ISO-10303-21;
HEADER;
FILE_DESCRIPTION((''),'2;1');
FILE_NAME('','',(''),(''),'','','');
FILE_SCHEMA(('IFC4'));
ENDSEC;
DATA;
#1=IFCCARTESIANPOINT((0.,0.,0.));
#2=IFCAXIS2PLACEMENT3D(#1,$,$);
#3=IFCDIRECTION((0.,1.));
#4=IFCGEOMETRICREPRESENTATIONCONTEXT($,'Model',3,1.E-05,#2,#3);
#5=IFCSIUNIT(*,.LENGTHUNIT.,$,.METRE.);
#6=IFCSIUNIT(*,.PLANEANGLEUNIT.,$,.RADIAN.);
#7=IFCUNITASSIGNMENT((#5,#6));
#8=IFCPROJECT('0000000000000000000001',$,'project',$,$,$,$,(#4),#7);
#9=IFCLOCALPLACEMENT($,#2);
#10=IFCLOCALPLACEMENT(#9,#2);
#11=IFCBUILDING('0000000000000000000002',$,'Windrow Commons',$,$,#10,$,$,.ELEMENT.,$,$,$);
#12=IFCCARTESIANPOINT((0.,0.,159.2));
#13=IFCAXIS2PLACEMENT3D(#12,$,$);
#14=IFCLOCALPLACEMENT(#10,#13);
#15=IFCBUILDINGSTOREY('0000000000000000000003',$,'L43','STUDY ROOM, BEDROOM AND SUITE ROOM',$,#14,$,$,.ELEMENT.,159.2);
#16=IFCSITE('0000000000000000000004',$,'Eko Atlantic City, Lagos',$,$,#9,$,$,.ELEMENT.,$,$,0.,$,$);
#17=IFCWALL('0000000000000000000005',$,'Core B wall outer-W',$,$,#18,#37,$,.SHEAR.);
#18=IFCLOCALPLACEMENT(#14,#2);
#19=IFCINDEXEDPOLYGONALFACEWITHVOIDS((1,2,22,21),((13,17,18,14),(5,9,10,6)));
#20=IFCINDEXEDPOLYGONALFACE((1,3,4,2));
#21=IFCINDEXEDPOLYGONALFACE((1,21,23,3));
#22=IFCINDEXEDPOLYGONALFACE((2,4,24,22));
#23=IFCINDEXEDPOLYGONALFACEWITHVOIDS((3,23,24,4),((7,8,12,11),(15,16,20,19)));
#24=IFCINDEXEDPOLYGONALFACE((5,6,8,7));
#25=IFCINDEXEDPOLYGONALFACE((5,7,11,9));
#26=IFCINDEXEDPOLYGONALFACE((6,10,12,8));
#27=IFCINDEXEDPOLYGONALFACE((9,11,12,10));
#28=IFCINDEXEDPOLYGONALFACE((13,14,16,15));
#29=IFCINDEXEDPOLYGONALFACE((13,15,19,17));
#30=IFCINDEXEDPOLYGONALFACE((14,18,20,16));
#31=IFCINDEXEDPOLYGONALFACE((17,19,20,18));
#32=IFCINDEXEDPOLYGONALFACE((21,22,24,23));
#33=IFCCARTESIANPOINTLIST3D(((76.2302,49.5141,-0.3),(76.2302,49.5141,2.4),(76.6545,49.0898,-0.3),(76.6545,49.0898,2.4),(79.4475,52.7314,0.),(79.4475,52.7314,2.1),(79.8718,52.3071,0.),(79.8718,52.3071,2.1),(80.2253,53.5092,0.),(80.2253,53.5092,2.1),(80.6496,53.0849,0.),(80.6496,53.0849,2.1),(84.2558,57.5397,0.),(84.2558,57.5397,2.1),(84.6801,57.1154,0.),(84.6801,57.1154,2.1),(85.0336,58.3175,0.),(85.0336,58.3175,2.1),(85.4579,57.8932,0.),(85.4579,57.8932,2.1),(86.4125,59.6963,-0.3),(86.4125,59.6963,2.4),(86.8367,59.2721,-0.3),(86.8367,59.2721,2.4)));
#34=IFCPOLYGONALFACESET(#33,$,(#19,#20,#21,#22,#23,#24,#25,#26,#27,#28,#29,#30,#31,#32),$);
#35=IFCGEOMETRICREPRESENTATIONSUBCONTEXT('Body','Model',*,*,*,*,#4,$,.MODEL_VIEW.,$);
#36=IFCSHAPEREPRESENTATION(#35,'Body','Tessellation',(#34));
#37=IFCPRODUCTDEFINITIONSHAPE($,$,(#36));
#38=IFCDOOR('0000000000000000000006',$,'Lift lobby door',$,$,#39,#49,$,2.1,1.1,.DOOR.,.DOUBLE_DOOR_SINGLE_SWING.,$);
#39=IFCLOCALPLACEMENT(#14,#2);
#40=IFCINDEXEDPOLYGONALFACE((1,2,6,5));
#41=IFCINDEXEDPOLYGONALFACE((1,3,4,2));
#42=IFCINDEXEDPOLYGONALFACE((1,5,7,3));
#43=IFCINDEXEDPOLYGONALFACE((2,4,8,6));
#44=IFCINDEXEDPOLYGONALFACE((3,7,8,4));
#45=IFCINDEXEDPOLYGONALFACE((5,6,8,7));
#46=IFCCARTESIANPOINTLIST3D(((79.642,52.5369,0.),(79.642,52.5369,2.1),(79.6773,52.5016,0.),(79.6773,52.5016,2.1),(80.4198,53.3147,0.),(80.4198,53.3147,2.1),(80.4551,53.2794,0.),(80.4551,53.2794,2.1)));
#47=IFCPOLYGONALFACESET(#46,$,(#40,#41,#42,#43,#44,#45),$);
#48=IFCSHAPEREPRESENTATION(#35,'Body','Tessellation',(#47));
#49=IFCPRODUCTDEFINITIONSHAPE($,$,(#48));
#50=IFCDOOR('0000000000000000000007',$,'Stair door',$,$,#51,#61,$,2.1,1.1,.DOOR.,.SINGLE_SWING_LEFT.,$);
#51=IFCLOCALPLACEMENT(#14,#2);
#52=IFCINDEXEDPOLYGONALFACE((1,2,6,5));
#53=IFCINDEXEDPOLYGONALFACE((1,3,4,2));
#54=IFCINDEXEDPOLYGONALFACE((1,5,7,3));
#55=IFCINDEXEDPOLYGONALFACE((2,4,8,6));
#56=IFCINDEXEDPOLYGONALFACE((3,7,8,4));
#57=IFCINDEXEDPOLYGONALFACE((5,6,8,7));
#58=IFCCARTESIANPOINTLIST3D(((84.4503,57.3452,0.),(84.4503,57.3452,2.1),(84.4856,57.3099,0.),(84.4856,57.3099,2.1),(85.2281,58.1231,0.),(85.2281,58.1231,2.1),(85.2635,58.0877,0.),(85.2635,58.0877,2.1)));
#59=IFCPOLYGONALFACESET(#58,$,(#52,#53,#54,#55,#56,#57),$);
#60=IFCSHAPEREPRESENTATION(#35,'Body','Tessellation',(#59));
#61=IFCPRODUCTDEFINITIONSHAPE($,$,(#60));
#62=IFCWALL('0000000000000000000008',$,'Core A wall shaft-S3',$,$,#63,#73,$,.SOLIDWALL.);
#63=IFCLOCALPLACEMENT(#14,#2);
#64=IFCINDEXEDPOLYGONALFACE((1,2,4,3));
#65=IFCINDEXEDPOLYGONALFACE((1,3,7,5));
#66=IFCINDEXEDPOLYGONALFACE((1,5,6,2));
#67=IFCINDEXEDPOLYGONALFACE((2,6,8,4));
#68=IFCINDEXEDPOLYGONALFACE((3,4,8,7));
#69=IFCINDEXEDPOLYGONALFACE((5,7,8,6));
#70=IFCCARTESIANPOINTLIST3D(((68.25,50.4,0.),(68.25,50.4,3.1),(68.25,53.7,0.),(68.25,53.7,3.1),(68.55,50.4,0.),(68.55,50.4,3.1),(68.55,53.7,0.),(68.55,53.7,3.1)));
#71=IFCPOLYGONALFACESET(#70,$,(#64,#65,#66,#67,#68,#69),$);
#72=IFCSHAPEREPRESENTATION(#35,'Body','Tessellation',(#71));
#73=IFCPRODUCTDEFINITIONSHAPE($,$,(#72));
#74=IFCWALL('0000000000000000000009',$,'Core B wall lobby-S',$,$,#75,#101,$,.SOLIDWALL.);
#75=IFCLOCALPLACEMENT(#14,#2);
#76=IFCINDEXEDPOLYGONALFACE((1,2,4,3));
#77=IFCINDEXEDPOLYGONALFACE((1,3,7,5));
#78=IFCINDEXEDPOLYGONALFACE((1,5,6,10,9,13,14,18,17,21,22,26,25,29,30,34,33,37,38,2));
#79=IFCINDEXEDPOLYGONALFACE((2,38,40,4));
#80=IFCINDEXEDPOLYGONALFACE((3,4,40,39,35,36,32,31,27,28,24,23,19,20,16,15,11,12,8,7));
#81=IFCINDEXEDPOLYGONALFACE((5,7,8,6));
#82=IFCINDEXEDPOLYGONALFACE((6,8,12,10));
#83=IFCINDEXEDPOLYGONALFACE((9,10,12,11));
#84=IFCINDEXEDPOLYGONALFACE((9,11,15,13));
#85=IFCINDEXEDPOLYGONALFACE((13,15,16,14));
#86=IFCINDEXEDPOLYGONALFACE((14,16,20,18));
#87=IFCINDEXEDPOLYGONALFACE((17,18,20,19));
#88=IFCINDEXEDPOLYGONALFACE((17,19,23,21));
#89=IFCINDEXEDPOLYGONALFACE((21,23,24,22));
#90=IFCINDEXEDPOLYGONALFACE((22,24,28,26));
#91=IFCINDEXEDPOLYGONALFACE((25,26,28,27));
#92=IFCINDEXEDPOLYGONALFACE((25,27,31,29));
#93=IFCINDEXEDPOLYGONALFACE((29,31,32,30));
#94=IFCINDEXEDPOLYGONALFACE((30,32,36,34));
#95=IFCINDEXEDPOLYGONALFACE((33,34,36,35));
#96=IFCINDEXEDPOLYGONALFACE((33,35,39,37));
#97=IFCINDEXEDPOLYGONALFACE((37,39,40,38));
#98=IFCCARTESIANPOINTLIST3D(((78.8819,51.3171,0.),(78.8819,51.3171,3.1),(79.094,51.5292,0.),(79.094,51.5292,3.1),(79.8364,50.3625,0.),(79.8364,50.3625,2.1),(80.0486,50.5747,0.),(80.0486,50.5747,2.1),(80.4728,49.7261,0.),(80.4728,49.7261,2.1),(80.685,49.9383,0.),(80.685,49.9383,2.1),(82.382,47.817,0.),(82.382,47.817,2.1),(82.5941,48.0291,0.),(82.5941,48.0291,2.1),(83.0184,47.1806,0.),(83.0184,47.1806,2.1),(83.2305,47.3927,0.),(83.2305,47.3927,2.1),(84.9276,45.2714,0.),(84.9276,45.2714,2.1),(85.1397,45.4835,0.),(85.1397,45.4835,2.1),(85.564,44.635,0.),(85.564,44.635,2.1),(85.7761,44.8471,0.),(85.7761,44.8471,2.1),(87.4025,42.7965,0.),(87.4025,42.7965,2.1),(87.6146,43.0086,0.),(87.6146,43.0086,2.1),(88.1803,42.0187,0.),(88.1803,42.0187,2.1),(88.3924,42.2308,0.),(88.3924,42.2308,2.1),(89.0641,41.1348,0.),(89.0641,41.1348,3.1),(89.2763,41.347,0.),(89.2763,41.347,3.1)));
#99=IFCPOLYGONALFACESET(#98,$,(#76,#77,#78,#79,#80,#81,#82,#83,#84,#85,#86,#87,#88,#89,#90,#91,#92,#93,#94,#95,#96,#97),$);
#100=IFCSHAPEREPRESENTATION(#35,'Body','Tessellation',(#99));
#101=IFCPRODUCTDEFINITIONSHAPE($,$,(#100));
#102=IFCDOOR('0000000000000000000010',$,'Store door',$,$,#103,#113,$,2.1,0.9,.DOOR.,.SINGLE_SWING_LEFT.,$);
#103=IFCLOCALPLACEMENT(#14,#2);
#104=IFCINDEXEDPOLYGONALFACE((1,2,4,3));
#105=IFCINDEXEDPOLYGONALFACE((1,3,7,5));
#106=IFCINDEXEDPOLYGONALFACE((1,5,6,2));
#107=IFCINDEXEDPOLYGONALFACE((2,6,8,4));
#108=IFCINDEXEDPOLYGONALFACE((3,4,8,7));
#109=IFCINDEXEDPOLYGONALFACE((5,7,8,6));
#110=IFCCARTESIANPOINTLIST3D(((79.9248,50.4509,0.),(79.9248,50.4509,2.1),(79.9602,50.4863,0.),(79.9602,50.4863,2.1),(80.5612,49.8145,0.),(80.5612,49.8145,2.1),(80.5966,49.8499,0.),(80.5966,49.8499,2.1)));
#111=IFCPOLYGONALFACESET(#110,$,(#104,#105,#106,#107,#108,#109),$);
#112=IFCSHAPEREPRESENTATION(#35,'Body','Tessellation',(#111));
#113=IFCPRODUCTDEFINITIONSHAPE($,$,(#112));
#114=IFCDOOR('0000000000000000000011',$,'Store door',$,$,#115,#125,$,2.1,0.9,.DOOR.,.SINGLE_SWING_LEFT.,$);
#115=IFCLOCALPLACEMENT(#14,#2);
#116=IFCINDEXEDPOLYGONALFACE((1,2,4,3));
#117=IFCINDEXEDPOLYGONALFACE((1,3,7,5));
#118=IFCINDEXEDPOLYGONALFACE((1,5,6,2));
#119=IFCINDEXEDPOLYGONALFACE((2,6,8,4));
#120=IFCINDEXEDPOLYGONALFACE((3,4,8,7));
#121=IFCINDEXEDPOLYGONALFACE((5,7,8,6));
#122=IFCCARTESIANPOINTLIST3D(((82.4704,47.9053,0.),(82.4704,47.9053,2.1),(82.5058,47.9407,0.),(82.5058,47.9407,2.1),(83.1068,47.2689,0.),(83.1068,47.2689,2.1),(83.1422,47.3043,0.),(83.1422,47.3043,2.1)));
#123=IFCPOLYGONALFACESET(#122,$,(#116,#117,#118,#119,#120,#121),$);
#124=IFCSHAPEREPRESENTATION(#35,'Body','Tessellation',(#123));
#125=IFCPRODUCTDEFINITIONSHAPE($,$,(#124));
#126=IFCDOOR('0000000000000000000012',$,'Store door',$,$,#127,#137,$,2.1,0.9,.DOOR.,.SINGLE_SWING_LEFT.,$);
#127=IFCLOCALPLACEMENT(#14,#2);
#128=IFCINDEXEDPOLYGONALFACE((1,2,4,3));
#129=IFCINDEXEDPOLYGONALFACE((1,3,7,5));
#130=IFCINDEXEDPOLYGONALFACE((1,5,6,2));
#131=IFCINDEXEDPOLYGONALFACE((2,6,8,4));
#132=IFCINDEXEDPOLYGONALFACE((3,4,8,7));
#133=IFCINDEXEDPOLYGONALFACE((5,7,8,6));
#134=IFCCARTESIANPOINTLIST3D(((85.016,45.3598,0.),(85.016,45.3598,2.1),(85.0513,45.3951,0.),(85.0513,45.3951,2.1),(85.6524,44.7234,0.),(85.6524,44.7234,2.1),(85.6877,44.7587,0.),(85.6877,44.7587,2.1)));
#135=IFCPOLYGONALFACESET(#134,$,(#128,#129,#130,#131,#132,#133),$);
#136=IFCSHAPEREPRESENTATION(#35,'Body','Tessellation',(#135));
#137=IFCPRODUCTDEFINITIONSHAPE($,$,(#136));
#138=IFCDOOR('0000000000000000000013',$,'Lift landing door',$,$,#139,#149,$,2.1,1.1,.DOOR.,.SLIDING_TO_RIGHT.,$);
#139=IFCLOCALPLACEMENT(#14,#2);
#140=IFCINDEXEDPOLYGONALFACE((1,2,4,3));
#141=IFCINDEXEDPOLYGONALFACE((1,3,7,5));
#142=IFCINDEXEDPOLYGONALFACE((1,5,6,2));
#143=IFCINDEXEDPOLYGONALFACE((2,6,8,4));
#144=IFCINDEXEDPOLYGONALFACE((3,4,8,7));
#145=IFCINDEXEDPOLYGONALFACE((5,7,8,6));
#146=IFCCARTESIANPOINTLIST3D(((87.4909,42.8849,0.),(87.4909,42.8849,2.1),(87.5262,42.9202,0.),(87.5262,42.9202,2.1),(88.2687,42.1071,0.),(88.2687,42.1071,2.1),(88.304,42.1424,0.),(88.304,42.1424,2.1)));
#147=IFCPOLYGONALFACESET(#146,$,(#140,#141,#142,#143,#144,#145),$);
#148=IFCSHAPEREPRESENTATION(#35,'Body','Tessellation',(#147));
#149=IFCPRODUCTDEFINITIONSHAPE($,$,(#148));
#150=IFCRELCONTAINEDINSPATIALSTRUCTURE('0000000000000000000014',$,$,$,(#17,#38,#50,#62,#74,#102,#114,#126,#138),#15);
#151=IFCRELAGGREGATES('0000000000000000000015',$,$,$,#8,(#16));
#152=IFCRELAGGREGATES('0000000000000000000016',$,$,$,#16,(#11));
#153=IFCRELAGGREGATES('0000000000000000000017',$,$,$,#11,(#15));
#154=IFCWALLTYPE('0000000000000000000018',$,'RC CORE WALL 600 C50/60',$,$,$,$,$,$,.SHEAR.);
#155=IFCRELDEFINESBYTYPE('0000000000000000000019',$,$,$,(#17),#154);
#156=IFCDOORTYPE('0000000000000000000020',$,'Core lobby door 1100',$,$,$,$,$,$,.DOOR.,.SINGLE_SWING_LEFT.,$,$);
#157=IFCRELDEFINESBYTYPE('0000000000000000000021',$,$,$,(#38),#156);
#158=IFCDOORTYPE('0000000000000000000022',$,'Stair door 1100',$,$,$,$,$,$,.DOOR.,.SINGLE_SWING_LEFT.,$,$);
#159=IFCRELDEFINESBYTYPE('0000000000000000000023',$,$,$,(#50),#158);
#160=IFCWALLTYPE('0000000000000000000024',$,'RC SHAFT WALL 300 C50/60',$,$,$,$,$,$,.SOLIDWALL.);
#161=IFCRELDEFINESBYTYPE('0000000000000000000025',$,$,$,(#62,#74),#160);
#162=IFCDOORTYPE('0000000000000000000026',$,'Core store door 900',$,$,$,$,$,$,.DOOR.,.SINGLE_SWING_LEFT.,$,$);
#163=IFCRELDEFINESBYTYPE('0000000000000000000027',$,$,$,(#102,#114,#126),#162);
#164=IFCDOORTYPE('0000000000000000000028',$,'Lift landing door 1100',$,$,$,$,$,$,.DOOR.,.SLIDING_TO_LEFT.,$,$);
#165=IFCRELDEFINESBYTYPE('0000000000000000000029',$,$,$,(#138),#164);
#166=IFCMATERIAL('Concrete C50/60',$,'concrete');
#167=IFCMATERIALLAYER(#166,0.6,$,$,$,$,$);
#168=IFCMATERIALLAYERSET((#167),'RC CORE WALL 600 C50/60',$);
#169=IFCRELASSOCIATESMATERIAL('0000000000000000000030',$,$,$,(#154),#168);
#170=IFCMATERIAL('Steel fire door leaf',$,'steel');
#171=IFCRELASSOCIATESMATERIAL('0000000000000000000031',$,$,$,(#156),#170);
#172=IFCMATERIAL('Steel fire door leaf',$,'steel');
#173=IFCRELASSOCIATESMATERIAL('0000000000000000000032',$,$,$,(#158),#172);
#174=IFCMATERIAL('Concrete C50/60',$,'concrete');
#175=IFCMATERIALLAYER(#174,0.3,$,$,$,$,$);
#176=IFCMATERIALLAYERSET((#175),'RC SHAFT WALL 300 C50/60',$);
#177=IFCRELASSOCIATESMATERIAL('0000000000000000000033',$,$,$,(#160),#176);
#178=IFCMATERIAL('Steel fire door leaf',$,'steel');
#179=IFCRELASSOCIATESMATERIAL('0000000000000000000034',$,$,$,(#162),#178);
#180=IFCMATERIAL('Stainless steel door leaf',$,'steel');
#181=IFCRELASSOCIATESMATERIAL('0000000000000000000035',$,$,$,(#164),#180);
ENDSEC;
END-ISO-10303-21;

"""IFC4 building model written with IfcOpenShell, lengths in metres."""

from ifc_helpers import new_model, si_unit, direction, frame, frame_2d, origin, place, context, subcontext, project, spatial, rectangle, extrude, material, layer, layer_set, type_object, element, fill, save


model = new_model("IFC4")

# Units and contexts
model_context = context("Model", 3, precision=1e-05, world=origin(), true_north=direction((0.0, 1.0)))
body_context = subcontext(model_context, "Body", "Model", "MODEL_VIEW")
ifc_project = project(units=[si_unit("LENGTHUNIT", "METRE"), si_unit("PLANEANGLEUNIT", "RADIAN")], contexts=[model_context])

# Site, building, storey
site_placement = place(None, origin())
site = spatial("IfcSite", under=ifc_project, at=site_placement, Name="Eko Atlantic City, Lagos", CompositionType="ELEMENT", RefElevation=0.0)
building_placement = place(site_placement, origin())
building = spatial("IfcBuilding", under=site, at=building_placement, Name="Windrow Commons", CompositionType="ELEMENT")
storey_placement = place(building_placement, frame((0.0, 0.0, 159.2)))
storey = spatial("IfcBuildingStorey", under=building, at=storey_placement, Name="L43", Description="STUDY ROOM, BEDROOM AND SUITE ROOM", CompositionType="ELEMENT", Elevation=159.2)

# Shared definitions
ifc_material_1 = material(Name="Concrete C50/60", Category="concrete")
ifc_layer_1 = layer(ifc_material_1, 0.6)
ifc_layer_set_1 = layer_set([ifc_layer_1], Name="RC CORE WALL 600 C50/60")
wall_type_1 = type_object("IfcWallType", Name="RC CORE WALL 600 C50/60", PredefinedType="SHEAR", material=ifc_layer_set_1)
ifc_material_2 = material(Name="Steel fire door leaf", Category="steel")
door_type_1 = type_object("IfcDoorType", Name="Core lobby door 1100", OperationType="SINGLE_SWING_LEFT", PredefinedType="DOOR", material=ifc_material_2)
ifc_material_3 = material(Name="Steel fire door leaf", Category="steel")
door_type_2 = type_object("IfcDoorType", Name="Stair door 1100", OperationType="SINGLE_SWING_LEFT", PredefinedType="DOOR", material=ifc_material_3)

# Wall, openings, doors
wall_1_placement = place(storey_placement, frame((76.4423, 49.3019, -0.3), z_axis=(0.0, 0.0, 1.0), x_axis=(0.707107, 0.707107, 0.0)))
wall_1 = element("IfcWall", 1, at=wall_1_placement, inside=storey, type_object=wall_type_1, Name="Core B wall outer-W", PredefinedType="SHEAR", context=body_context, shape_type="SweptSolid", body=[
    extrude(rectangle(XDim=14.3999, YDim=0.6, at=frame_2d((7.2, 0.0))), origin(), (0.0, 0.0, 1.0), 2.7),
])
opening_1_placement = place(wall_1_placement, frame((4.55, 0.0, 0.3)))
opening_1 = element("IfcOpeningElement", 2, at=opening_1_placement, cuts=wall_1, PredefinedType="OPENING", context=body_context, shape_type="SweptSolid", body=[
    extrude(rectangle(XDim=1.1, YDim=2.1, at=frame_2d((0.55, 1.05))), frame((0.0, 0.31, 0.0), z_axis=(0.0, -1.0, 0.0), x_axis=(1.0, 0.0, 0.0)), (0.0, 0.0, 1.0), 0.62),
])
opening_2_placement = place(wall_1_placement, frame((11.35, 0.0, 0.3)))
opening_2 = element("IfcOpeningElement", 3, at=opening_2_placement, cuts=wall_1, PredefinedType="OPENING", context=body_context, shape_type="SweptSolid", body=[
    extrude(rectangle(XDim=1.1, YDim=2.1, at=frame_2d((0.55, 1.05))), frame((0.0, 0.31, 0.0), z_axis=(0.0, -1.0, 0.0), x_axis=(1.0, 0.0, 0.0)), (0.0, 0.0, 1.0), 0.62),
])
door_1_placement = place(opening_1_placement, origin())
door_1 = element("IfcDoor", 4, at=door_1_placement, inside=storey, type_object=door_type_1, Name="Lift lobby door", OperationType="DOUBLE_DOOR_SINGLE_SWING", OverallHeight=2.1, OverallWidth=1.1, PredefinedType="DOOR", context=body_context, shape_type="SweptSolid", body=[
    extrude(rectangle(XDim=1.1, YDim=2.1, at=frame_2d((0.55, 1.05))), frame((0.0, 0.025, 0.0), z_axis=(0.0, -1.0, 0.0), x_axis=(1.0, 0.0, 0.0)), (0.0, 0.0, 1.0), 0.05),
])
fill(opening_1, door_1)
door_2_placement = place(opening_2_placement, origin())
door_2 = element("IfcDoor", 5, at=door_2_placement, inside=storey, type_object=door_type_2, Name="Stair door", OperationType="SINGLE_SWING_LEFT", OverallHeight=2.1, OverallWidth=1.1, PredefinedType="DOOR", context=body_context, shape_type="SweptSolid", body=[
    extrude(rectangle(XDim=1.1, YDim=2.1, at=frame_2d((0.55, 1.05))), frame((0.0, 0.025, 0.0), z_axis=(0.0, -1.0, 0.0), x_axis=(1.0, 0.0, 0.0)), (0.0, 0.0, 1.0), 0.05),
])
fill(opening_2, door_2)

# Wall
ifc_material_4 = material(Name="Concrete C50/60", Category="concrete")
ifc_layer_2 = layer(ifc_material_4, 0.3)
ifc_layer_set_2 = layer_set([ifc_layer_2], Name="RC SHAFT WALL 300 C50/60")
wall_type_2 = type_object("IfcWallType", Name="RC SHAFT WALL 300 C50/60", PredefinedType="SOLIDWALL", material=ifc_layer_set_2)
wall_2_placement = place(storey_placement, frame((68.4, 50.4, 0.0), z_axis=(0.0, 0.0, 1.0), x_axis=(0.0, 1.0, 0.0)))
element("IfcWall", 6, at=wall_2_placement, inside=storey, type_object=wall_type_2, Name="Core A wall shaft-S3", PredefinedType="SOLIDWALL", context=body_context, shape_type="SweptSolid", body=[
    extrude(rectangle(XDim=3.3, YDim=0.3, at=frame_2d((1.65, 0.0))), origin(), (0.0, 0.0, 1.0), 3.1),
])

# Wall, openings, doors
wall_3_placement = place(storey_placement, frame((78.9879, 51.4232, 0.0), z_axis=(0.0, 0.0, 1.0), x_axis=(0.707107, -0.707107, 0.0)))
wall_3 = element("IfcWall", 7, at=wall_3_placement, inside=storey, type_object=wall_type_2, Name="Core B wall lobby-S", PredefinedType="SOLIDWALL", context=body_context, shape_type="SweptSolid", body=[
    extrude(rectangle(XDim=14.3999, YDim=0.3, at=frame_2d((7.2, 0.0))), origin(), (0.0, 0.0, 1.0), 3.1),
])
opening_3_placement = place(wall_3_placement, frame((1.35, 0.0, 0.0)))
opening_3 = element("IfcOpeningElement", 8, at=opening_3_placement, cuts=wall_3, PredefinedType="OPENING", context=body_context, shape_type="SweptSolid", body=[
    extrude(rectangle(XDim=0.9, YDim=2.1, at=frame_2d((0.45, 1.05))), frame((0.0, 0.16, 0.0), z_axis=(0.0, -1.0, 0.0), x_axis=(1.0, 0.0, 0.0)), (0.0, 0.0, 1.0), 0.32),
])
opening_4_placement = place(wall_3_placement, frame((4.95, 0.0, 0.0)))
opening_4 = element("IfcOpeningElement", 9, at=opening_4_placement, cuts=wall_3, PredefinedType="OPENING", context=body_context, shape_type="SweptSolid", body=[
    extrude(rectangle(XDim=0.9, YDim=2.1, at=frame_2d((0.45, 1.05))), frame((0.0, 0.16, 0.0), z_axis=(0.0, -1.0, 0.0), x_axis=(1.0, 0.0, 0.0)), (0.0, 0.0, 1.0), 0.32),
])
opening_5_placement = place(wall_3_placement, frame((8.55, 0.0, 0.0)))
opening_5 = element("IfcOpeningElement", 10, at=opening_5_placement, cuts=wall_3, PredefinedType="OPENING", context=body_context, shape_type="SweptSolid", body=[
    extrude(rectangle(XDim=0.9, YDim=2.1, at=frame_2d((0.45, 1.05))), frame((0.0, 0.16, 0.0), z_axis=(0.0, -1.0, 0.0), x_axis=(1.0, 0.0, 0.0)), (0.0, 0.0, 1.0), 0.32),
])
opening_6_placement = place(wall_3_placement, frame((12.05, 0.0, 0.0)))
opening_6 = element("IfcOpeningElement", 11, at=opening_6_placement, cuts=wall_3, PredefinedType="OPENING", context=body_context, shape_type="SweptSolid", body=[
    extrude(rectangle(XDim=1.1, YDim=2.1, at=frame_2d((0.55, 1.05))), frame((0.0, 0.16, 0.0), z_axis=(0.0, -1.0, 0.0), x_axis=(1.0, 0.0, 0.0)), (0.0, 0.0, 1.0), 0.32),
])
ifc_material_5 = material(Name="Steel fire door leaf", Category="steel")
door_type_3 = type_object("IfcDoorType", Name="Core store door 900", OperationType="SINGLE_SWING_LEFT", PredefinedType="DOOR", material=ifc_material_5)
door_3_placement = place(opening_3_placement, origin())
door_3 = element("IfcDoor", 12, at=door_3_placement, inside=storey, type_object=door_type_3, Name="Store door", OperationType="SINGLE_SWING_LEFT", OverallHeight=2.1, OverallWidth=0.9, PredefinedType="DOOR", context=body_context, shape_type="SweptSolid", body=[
    extrude(rectangle(XDim=0.9, YDim=2.1, at=frame_2d((0.45, 1.05))), frame((0.0, 0.025, 0.0), z_axis=(0.0, -1.0, 0.0), x_axis=(1.0, 0.0, 0.0)), (0.0, 0.0, 1.0), 0.05),
])
fill(opening_3, door_3)
door_4_placement = place(opening_4_placement, origin())
door_4 = element("IfcDoor", 13, at=door_4_placement, inside=storey, type_object=door_type_3, Name="Store door", OperationType="SINGLE_SWING_LEFT", OverallHeight=2.1, OverallWidth=0.9, PredefinedType="DOOR", context=body_context, shape_type="SweptSolid", body=[
    extrude(rectangle(XDim=0.9, YDim=2.1, at=frame_2d((0.45, 1.05))), frame((0.0, 0.025, 0.0), z_axis=(0.0, -1.0, 0.0), x_axis=(1.0, 0.0, 0.0)), (0.0, 0.0, 1.0), 0.05),
])
fill(opening_4, door_4)
door_5_placement = place(opening_5_placement, origin())
door_5 = element("IfcDoor", 14, at=door_5_placement, inside=storey, type_object=door_type_3, Name="Store door", OperationType="SINGLE_SWING_LEFT", OverallHeight=2.1, OverallWidth=0.9, PredefinedType="DOOR", context=body_context, shape_type="SweptSolid", body=[
    extrude(rectangle(XDim=0.9, YDim=2.1, at=frame_2d((0.45, 1.05))), frame((0.0, 0.025, 0.0), z_axis=(0.0, -1.0, 0.0), x_axis=(1.0, 0.0, 0.0)), (0.0, 0.0, 1.0), 0.05),
])
fill(opening_5, door_5)
ifc_material_6 = material(Name="Stainless steel door leaf", Category="steel")
door_type_4 = type_object("IfcDoorType", Name="Lift landing door 1100", OperationType="SLIDING_TO_LEFT", PredefinedType="DOOR", material=ifc_material_6)
door_6_placement = place(opening_6_placement, origin())
door_6 = element("IfcDoor", 15, at=door_6_placement, inside=storey, type_object=door_type_4, Name="Lift landing door", OperationType="SLIDING_TO_RIGHT", OverallHeight=2.1, OverallWidth=1.1, PredefinedType="DOOR", context=body_context, shape_type="SweptSolid", body=[
    extrude(rectangle(XDim=1.1, YDim=2.1, at=frame_2d((0.55, 1.05))), frame((0.0, 0.025, 0.0), z_axis=(0.0, -1.0, 0.0), x_axis=(1.0, 0.0, 0.0)), (0.0, 0.0, 1.0), 0.05),
])
fill(opening_6, door_6)

save(model, "model.ifc")
